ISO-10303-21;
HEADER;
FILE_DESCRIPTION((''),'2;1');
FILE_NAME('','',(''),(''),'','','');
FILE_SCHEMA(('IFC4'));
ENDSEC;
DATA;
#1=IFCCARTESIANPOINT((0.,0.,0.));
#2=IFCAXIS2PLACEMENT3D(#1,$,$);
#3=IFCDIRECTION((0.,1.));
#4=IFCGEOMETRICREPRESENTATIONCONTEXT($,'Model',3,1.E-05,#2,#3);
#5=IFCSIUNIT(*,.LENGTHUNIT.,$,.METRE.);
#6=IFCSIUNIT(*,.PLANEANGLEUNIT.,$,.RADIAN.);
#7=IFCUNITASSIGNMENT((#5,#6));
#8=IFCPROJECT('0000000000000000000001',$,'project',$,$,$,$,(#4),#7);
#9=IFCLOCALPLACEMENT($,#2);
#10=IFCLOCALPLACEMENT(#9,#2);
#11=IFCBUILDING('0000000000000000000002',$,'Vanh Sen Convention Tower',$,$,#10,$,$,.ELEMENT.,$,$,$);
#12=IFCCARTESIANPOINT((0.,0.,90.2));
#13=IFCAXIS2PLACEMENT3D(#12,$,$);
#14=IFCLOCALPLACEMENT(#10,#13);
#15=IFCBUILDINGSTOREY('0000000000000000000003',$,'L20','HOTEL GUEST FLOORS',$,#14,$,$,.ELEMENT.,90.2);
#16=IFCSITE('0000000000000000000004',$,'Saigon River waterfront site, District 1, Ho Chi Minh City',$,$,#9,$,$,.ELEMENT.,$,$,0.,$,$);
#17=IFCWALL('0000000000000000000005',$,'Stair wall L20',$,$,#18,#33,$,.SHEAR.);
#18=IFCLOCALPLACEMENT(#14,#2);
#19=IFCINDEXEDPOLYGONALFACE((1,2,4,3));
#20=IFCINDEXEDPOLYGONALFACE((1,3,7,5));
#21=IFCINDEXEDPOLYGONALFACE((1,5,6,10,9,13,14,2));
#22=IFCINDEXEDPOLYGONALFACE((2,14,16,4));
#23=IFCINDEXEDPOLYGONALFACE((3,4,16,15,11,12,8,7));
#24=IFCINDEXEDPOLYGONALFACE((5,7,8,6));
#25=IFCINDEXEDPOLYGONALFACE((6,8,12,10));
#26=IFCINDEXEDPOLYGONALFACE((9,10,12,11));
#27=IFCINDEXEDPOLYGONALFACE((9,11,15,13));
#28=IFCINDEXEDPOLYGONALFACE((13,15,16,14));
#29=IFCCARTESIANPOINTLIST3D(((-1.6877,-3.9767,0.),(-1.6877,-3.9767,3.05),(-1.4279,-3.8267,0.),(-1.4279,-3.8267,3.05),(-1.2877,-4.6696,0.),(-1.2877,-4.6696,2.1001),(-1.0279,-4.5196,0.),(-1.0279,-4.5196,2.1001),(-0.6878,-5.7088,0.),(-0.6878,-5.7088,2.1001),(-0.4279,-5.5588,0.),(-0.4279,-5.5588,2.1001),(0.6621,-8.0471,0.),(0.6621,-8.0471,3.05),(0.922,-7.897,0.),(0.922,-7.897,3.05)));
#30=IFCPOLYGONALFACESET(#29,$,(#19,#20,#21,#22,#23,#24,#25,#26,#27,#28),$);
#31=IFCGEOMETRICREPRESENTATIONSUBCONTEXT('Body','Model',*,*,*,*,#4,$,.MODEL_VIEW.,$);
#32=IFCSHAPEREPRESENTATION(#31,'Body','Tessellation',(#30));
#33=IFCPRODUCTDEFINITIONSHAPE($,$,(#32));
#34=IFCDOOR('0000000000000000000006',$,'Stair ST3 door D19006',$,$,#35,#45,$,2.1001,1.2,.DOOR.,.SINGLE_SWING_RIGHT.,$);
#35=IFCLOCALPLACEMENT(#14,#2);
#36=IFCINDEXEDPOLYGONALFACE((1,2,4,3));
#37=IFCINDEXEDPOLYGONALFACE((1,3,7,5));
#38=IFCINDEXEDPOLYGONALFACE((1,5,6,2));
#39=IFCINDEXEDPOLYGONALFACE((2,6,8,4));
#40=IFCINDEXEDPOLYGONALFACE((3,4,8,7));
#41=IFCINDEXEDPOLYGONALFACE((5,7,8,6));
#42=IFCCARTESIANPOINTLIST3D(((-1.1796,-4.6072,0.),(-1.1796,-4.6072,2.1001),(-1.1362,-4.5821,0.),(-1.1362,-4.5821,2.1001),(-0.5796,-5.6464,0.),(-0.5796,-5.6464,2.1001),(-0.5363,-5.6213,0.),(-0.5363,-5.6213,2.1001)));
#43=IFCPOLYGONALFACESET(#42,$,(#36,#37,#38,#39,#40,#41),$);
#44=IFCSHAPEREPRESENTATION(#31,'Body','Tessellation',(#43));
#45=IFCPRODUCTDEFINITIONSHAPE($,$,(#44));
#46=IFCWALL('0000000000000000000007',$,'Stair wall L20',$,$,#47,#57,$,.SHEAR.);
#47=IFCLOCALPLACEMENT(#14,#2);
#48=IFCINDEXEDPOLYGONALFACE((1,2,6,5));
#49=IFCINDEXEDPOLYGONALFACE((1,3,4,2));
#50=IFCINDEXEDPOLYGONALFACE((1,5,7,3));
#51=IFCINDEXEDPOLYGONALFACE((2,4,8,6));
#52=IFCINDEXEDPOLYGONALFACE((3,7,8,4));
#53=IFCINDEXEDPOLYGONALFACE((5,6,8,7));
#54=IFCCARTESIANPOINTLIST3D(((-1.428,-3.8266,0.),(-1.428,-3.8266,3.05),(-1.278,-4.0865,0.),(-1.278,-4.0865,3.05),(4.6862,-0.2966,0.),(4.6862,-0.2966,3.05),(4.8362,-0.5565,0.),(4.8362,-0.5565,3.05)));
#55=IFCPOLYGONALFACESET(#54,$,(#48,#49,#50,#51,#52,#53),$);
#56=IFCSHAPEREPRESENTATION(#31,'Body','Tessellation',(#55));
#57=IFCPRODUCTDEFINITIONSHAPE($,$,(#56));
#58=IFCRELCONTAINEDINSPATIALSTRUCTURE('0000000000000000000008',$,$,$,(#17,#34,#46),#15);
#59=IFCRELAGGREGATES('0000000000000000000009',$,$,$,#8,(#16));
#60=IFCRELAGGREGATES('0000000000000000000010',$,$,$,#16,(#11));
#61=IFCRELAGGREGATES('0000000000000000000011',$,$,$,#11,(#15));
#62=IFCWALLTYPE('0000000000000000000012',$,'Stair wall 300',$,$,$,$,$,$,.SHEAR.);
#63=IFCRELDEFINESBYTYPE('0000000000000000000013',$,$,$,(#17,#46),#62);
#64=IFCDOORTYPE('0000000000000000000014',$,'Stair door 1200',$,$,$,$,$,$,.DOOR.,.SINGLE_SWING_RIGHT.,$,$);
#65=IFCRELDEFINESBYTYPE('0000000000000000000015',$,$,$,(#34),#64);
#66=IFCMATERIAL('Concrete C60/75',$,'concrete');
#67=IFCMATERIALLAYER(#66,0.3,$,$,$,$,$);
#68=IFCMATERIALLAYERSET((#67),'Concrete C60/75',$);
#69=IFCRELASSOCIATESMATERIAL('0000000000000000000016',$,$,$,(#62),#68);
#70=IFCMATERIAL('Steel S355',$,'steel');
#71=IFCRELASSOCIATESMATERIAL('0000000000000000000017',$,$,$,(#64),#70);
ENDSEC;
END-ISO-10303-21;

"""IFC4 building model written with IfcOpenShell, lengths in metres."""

from ifc_helpers import new_model, si_unit, direction, frame, frame_2d, origin, place, context, subcontext, project, spatial, rectangle, extrude, material, layer, layer_set, type_object, element, fill, save


model = new_model("IFC4")

# Units and contexts
model_context = context("Model", 3, precision=1e-05, world=origin(), true_north=direction((0.0, 1.0)))
body_context = subcontext(model_context, "Body", "Model", "MODEL_VIEW")
ifc_project = project(units=[si_unit("LENGTHUNIT", "METRE"), si_unit("PLANEANGLEUNIT", "RADIAN")], contexts=[model_context])

# Site, building, storey
site_placement = place(None, origin())
site = spatial("IfcSite", under=ifc_project, at=site_placement, Name="Saigon River waterfront site, District 1, Ho Chi Minh City", CompositionType="ELEMENT", RefElevation=0.0)
building_placement = place(site_placement, origin())
building = spatial("IfcBuilding", under=site, at=building_placement, Name="Vanh Sen Convention Tower", CompositionType="ELEMENT")
storey_placement = place(building_placement, frame((0.0, 0.0, 90.2)))
storey = spatial("IfcBuildingStorey", under=building, at=storey_placement, Name="L20", Description="HOTEL GUEST FLOORS", CompositionType="ELEMENT", Elevation=90.2)

# Shared definitions
ifc_material_1 = material(Name="Steel S355", Category="steel")

# Shared definitions
ifc_material_2 = material(Name="Concrete C60/75", Category="concrete")
ifc_layer_1 = layer(ifc_material_2, 0.3)
ifc_layer_set_1 = layer_set([ifc_layer_1], Name="Concrete C60/75")
wall_type_1 = type_object("IfcWallType", Name="Stair wall 300", PredefinedType="SHEAR", material=ifc_layer_set_1)

# Wall, opening, door
wall_1_placement = place(storey_placement, frame((-1.5579, -3.9016, 0.0), z_axis=(0.0, 0.0, 1.0), x_axis=(0.499977, -0.866039, 0.0)))
wall_1 = element("IfcWall", 1, at=wall_1_placement, inside=storey, type_object=wall_type_1, Name="Stair wall L20", PredefinedType="SHEAR", context=body_context, shape_type="SweptSolid", body=[
    extrude(rectangle(XDim=4.7, YDim=0.3, at=frame_2d((2.3501, 0.0))), origin(), (0.0, 0.0, 1.0), 3.05),
])
opening_1_placement = place(wall_1_placement, frame((0.8, 0.0, 0.0)))
opening_1 = element("IfcOpeningElement", 2, at=opening_1_placement, cuts=wall_1, PredefinedType="OPENING", context=body_context, shape_type="SweptSolid", body=[
    extrude(rectangle(XDim=1.2, YDim=2.1001, at=frame_2d((0.6001, 1.05))), frame((0.0, 0.1599, 0.0), z_axis=(0.0, -1.0, 0.0), x_axis=(1.0, 0.0, 0.0)), (0.0, 0.0, 1.0), 0.3201),
])
door_type_1 = type_object("IfcDoorType", Name="Stair door 1200", OperationType="SINGLE_SWING_RIGHT", PredefinedType="DOOR", material=ifc_material_1)
door_1_placement = place(opening_1_placement, origin())
door_1 = element("IfcDoor", 3, at=door_1_placement, inside=storey, type_object=door_type_1, Name="Stair ST3 door D19006", OperationType="SINGLE_SWING_RIGHT", OverallHeight=2.1001, OverallWidth=1.2, PredefinedType="DOOR", context=body_context, shape_type="SweptSolid", body=[
    extrude(rectangle(XDim=1.2, YDim=2.1001, at=frame_2d((0.6001, 1.05))), frame((0.0, 0.0249, 0.0), z_axis=(0.0, -1.0, 0.0), x_axis=(1.0, 0.0, 0.0)), (0.0, 0.0, 1.0), 0.05),
])
fill(opening_1, door_1)

# Wall
wall_2_placement = place(storey_placement, frame((-1.353, -3.9565, 0.0), z_axis=(0.0, 0.0, 1.0), x_axis=(0.866028, 0.499996, 0.0)))
element("IfcWall", 4, at=wall_2_placement, inside=storey, type_object=wall_type_1, Name="Stair wall L20", PredefinedType="SHEAR", context=body_context, shape_type="SweptSolid", body=[
    extrude(rectangle(XDim=7.0601, YDim=0.3, at=frame_2d((3.53, 0.0))), origin(), (0.0, 0.0, 1.0), 3.05),
])

save(model, "model.ifc")
